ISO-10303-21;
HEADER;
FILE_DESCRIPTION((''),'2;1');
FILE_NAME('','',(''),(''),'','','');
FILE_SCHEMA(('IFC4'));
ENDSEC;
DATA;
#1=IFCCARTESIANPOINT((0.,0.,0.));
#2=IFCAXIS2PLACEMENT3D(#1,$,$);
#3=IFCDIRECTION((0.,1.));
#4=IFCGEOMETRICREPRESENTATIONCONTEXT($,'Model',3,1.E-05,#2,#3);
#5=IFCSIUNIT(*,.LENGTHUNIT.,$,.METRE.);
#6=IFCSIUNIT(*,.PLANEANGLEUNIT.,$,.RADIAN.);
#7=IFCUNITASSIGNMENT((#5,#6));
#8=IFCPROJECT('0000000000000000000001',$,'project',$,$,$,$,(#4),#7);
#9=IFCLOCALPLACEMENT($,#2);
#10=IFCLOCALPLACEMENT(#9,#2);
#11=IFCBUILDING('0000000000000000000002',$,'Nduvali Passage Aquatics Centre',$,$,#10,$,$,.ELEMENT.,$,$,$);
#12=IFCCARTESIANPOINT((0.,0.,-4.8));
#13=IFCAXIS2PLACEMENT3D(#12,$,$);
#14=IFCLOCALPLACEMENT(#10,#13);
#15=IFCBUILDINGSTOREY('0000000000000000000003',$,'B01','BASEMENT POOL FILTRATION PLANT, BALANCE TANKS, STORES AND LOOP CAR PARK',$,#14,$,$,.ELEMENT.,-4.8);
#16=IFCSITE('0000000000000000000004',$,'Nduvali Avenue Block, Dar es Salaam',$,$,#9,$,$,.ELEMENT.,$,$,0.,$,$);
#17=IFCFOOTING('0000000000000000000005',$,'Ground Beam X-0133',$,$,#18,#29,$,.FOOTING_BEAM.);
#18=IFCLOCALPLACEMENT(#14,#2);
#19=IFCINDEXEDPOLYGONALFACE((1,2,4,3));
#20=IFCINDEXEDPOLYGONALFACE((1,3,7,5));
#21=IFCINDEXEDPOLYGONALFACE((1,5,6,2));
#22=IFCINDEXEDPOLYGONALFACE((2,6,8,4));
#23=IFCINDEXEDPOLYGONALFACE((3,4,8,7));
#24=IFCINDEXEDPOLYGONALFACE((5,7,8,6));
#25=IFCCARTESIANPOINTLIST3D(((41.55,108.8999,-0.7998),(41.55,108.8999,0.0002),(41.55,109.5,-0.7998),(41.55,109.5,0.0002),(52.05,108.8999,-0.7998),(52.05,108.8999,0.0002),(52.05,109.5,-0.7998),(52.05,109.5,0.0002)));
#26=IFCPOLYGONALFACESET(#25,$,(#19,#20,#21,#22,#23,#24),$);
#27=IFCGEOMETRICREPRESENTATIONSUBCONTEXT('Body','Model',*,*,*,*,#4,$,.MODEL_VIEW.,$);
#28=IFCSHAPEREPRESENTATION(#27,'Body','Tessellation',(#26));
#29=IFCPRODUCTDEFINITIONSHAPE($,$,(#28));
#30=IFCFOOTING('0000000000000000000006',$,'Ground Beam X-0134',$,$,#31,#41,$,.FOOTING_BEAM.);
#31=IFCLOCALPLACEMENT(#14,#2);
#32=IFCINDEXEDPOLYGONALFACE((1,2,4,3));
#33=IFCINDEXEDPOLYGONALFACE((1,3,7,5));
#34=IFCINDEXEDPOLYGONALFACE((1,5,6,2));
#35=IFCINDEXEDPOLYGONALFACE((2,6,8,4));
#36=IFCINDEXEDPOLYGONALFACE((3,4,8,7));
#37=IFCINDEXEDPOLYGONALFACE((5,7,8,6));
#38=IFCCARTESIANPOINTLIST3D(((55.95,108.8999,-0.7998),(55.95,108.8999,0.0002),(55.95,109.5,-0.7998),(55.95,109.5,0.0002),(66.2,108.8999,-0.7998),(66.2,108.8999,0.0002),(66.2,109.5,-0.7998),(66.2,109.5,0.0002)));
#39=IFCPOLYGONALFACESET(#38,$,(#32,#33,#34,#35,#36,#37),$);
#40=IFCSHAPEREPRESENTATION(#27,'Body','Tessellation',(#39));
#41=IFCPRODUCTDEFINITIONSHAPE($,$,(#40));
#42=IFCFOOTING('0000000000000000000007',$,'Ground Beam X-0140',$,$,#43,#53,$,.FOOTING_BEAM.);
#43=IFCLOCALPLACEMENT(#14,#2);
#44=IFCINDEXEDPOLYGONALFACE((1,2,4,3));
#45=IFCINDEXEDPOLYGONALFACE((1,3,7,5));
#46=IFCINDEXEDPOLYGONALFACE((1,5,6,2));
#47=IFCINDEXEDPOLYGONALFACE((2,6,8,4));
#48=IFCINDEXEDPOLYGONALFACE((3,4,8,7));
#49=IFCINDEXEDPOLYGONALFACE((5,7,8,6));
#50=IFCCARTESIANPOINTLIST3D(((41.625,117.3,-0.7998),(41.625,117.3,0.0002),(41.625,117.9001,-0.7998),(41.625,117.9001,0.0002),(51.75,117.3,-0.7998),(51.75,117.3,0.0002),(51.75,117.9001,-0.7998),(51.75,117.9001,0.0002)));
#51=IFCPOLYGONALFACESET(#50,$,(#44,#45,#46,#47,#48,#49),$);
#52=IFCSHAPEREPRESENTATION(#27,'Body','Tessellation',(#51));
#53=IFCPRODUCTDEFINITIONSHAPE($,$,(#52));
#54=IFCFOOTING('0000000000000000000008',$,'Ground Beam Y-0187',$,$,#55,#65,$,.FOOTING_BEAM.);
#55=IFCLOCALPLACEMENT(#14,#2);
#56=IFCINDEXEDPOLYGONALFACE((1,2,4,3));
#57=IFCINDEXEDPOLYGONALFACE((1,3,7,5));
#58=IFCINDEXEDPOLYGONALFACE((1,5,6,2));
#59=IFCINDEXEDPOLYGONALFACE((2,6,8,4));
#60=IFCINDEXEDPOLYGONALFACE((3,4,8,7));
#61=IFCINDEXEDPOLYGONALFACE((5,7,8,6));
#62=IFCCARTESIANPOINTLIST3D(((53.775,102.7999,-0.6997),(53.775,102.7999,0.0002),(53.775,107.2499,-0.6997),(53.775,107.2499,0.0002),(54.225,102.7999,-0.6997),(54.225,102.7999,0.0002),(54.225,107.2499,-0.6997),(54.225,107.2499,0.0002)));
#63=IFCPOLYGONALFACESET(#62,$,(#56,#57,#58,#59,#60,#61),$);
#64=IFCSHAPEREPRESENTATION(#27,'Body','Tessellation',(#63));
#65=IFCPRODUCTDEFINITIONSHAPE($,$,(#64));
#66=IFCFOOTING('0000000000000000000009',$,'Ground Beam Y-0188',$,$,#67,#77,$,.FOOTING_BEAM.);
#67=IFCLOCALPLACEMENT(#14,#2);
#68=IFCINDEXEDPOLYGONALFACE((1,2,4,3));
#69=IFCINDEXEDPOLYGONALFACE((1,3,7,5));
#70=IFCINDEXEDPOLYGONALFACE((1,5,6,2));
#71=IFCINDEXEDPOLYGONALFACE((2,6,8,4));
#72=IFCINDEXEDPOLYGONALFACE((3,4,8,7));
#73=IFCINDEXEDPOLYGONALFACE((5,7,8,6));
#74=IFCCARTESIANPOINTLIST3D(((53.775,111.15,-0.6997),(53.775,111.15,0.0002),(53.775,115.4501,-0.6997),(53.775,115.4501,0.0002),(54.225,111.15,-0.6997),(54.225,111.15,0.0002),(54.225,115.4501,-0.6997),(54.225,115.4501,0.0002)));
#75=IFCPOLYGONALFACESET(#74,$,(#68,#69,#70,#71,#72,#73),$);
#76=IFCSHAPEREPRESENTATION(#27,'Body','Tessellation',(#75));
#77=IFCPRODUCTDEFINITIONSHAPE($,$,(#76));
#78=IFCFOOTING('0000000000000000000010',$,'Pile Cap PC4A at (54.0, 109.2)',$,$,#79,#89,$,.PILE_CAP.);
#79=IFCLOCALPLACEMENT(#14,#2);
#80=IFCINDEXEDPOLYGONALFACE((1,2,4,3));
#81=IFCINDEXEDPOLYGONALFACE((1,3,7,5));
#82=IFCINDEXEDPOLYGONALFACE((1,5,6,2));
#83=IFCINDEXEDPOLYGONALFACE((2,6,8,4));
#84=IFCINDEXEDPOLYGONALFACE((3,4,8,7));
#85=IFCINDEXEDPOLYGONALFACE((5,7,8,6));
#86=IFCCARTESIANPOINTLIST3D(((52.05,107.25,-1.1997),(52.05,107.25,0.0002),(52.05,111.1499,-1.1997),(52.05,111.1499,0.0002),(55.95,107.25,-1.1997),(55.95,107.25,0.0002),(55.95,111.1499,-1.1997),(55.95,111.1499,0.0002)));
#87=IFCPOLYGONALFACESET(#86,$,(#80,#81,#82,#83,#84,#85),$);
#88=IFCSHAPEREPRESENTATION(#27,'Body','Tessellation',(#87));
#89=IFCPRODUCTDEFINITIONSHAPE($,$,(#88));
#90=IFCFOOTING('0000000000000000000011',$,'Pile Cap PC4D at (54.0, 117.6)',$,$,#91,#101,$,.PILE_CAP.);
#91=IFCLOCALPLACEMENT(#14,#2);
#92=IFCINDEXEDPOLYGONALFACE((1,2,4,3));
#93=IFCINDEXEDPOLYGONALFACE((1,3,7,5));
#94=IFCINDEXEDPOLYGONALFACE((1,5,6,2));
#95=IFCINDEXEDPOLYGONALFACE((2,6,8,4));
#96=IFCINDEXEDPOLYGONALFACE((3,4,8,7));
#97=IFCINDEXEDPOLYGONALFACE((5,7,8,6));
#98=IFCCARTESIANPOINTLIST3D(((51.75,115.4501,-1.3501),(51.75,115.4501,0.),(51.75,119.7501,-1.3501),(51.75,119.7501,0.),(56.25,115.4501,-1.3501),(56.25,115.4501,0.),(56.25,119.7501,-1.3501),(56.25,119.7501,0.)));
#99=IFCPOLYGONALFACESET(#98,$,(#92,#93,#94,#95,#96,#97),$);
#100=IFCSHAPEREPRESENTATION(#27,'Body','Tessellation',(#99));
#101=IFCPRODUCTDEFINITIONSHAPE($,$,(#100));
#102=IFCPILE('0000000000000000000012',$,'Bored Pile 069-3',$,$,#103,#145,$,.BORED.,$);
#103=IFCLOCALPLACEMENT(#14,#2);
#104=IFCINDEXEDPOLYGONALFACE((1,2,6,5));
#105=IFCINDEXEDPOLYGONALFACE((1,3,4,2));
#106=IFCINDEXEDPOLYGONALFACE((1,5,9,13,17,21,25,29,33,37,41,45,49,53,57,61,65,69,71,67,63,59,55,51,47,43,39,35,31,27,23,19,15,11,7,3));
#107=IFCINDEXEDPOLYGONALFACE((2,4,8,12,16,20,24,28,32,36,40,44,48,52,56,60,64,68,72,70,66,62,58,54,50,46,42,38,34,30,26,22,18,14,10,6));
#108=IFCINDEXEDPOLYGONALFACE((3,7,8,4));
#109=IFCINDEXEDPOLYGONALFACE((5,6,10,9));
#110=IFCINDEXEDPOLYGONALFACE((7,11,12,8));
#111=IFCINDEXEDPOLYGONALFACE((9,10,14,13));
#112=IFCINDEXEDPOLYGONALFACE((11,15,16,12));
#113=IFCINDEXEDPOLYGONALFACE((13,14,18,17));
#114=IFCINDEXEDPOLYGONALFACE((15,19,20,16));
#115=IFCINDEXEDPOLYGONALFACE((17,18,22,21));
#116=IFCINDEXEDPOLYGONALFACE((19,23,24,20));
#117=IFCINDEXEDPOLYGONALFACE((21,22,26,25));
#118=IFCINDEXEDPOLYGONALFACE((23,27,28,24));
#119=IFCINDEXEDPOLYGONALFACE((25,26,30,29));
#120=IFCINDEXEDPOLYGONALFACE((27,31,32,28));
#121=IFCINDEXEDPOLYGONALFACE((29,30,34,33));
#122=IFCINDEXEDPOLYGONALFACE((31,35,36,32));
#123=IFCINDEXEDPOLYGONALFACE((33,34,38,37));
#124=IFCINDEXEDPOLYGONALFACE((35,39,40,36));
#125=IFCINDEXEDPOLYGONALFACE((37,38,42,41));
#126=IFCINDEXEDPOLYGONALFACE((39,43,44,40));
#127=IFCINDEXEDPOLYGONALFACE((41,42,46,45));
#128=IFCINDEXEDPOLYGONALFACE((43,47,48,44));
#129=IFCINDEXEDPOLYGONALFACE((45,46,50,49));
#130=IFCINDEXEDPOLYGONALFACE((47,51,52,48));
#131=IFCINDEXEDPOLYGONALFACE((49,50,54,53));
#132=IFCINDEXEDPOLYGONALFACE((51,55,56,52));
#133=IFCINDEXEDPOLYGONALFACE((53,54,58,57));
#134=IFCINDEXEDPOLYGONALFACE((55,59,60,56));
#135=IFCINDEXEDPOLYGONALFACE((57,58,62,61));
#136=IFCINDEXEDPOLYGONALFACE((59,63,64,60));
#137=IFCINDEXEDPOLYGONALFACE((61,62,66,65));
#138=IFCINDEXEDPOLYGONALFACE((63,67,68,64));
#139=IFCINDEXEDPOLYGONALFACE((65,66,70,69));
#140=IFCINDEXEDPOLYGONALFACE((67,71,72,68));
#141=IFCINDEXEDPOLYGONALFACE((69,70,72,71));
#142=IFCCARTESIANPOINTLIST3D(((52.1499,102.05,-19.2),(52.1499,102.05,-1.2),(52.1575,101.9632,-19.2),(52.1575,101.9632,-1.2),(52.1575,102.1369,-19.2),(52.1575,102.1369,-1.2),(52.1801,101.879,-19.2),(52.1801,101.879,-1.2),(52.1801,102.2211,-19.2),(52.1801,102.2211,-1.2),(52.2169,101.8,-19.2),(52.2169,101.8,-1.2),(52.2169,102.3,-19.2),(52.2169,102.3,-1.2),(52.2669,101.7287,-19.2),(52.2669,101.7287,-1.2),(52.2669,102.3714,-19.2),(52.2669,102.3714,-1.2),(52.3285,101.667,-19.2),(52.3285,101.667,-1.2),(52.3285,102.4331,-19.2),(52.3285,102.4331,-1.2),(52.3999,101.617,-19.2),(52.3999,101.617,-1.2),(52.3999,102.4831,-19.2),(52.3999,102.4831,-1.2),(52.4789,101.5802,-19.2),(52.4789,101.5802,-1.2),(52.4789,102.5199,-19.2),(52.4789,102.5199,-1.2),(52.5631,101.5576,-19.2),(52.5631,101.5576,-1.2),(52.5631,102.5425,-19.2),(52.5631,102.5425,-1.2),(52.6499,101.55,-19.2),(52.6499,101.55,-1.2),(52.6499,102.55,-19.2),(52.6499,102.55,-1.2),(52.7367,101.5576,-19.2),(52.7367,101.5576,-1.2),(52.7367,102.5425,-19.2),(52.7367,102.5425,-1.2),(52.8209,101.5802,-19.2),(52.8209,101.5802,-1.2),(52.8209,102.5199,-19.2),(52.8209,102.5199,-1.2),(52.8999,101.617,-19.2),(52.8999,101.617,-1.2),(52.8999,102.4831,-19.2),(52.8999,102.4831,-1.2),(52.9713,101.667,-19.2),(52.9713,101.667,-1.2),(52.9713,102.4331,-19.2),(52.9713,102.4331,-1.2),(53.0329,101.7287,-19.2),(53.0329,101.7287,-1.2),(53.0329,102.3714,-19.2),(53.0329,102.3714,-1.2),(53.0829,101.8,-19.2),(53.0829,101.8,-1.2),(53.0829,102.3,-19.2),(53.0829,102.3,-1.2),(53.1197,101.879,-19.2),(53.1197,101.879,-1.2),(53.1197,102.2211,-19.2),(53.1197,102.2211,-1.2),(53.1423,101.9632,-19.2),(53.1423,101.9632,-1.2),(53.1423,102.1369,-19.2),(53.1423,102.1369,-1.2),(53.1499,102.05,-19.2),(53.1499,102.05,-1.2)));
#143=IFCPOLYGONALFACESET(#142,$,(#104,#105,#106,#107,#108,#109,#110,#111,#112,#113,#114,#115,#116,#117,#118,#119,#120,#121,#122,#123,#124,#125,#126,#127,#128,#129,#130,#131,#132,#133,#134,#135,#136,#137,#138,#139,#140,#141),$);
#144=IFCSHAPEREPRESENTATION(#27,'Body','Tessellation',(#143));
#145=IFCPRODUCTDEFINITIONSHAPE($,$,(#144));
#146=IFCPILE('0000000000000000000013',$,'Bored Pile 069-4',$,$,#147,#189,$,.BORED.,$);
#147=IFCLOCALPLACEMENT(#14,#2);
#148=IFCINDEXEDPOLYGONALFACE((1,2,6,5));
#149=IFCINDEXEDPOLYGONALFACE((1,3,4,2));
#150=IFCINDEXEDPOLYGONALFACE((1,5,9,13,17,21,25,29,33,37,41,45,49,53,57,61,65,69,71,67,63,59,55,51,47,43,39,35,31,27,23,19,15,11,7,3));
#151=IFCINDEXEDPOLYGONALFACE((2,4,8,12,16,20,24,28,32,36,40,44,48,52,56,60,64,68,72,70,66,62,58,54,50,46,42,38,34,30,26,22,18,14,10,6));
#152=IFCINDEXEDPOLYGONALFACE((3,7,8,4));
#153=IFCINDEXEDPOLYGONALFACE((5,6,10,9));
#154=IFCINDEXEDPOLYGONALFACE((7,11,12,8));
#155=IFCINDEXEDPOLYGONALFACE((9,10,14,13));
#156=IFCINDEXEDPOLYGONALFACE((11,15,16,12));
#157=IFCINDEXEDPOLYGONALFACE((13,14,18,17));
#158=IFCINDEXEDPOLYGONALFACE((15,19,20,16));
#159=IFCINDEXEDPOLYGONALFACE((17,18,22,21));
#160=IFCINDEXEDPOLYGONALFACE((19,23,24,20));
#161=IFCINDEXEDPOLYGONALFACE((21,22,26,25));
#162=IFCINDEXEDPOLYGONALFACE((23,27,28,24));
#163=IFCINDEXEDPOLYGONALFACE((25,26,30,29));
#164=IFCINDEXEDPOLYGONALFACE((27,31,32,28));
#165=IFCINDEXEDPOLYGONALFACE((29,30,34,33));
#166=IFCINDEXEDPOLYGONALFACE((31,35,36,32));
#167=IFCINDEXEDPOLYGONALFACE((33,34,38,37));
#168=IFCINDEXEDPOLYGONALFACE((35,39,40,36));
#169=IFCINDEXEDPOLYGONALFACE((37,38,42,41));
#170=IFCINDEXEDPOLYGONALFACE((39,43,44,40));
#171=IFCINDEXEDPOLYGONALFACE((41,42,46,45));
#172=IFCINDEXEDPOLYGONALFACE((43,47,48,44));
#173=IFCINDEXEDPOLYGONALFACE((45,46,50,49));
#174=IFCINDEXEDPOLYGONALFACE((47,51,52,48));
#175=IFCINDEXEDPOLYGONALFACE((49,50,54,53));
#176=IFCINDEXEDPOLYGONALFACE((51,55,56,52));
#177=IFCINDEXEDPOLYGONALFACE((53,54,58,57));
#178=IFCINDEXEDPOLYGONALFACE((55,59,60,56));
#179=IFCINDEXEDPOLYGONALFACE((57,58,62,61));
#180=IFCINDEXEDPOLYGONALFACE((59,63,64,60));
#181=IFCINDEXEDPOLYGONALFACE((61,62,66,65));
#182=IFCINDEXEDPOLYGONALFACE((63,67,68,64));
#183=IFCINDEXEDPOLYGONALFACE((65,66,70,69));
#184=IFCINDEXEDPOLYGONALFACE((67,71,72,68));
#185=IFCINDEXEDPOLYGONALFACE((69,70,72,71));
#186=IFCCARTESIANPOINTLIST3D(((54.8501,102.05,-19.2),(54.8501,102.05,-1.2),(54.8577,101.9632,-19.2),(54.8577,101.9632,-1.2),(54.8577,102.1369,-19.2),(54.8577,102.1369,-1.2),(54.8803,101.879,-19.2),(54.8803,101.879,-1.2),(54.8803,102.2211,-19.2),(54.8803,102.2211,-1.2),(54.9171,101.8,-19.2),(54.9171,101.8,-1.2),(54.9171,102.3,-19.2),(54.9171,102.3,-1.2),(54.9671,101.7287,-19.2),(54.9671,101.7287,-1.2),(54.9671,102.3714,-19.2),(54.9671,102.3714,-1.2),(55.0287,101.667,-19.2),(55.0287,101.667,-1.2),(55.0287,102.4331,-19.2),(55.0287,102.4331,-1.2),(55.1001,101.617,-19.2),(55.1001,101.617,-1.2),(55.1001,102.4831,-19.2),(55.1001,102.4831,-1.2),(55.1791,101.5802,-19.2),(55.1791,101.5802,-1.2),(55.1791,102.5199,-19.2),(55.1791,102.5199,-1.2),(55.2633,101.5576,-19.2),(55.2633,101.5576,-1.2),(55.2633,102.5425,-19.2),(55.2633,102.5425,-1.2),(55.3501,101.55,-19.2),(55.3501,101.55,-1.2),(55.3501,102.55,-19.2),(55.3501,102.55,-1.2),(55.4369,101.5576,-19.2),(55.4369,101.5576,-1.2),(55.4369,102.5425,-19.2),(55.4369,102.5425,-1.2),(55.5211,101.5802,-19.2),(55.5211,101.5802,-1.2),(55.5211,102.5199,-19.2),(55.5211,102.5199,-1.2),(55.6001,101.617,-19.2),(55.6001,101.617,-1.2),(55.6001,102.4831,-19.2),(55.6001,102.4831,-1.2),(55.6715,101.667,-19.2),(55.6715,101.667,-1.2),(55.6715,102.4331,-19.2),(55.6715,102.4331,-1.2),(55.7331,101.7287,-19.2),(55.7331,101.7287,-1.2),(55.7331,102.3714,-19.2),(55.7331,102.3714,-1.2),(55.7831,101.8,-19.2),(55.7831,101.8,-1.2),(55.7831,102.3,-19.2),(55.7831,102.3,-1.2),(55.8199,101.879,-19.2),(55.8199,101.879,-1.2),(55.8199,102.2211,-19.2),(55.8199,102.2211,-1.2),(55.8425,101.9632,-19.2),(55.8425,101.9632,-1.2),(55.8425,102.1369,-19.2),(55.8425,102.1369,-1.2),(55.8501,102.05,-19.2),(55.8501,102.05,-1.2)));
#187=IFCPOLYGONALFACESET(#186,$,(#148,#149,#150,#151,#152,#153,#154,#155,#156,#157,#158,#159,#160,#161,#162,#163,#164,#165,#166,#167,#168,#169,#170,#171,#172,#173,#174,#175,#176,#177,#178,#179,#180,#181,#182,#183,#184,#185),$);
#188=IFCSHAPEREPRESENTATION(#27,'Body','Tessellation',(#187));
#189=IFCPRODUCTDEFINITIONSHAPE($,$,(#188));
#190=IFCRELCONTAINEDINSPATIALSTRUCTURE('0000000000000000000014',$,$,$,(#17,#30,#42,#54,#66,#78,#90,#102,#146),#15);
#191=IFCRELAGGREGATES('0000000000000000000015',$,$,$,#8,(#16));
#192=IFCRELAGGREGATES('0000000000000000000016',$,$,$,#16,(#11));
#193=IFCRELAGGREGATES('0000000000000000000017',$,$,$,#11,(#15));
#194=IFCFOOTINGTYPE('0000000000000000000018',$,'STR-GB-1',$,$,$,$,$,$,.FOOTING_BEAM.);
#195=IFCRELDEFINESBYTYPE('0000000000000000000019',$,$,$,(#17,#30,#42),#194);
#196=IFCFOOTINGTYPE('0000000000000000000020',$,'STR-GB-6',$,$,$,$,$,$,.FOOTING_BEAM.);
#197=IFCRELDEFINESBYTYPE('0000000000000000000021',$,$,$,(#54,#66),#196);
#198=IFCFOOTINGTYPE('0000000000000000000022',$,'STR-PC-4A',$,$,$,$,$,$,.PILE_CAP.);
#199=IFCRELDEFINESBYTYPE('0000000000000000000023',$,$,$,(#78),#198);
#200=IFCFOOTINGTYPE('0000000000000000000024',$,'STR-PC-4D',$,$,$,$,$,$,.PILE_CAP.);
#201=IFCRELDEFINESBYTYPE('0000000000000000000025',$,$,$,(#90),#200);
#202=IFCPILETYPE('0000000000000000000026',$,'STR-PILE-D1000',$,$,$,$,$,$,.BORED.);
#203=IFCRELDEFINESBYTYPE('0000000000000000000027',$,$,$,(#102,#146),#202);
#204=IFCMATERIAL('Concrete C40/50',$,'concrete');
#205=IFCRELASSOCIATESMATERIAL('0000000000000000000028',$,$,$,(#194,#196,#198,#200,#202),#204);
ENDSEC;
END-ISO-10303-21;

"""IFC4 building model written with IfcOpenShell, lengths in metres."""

from ifc_helpers import new_model, si_unit, direction, frame, origin, origin_2d, place, context, subcontext, project, spatial, rectangle, circle, extrude, material, material_profile, profile_set, type_object, element, save


model = new_model("IFC4")

# Units and contexts
model_context = context("Model", 3, precision=1e-05, world=origin(), true_north=direction((0.0, 1.0)))
body_context = subcontext(model_context, "Body", "Model", "MODEL_VIEW")
ifc_project = project(units=[si_unit("LENGTHUNIT", "METRE"), si_unit("PLANEANGLEUNIT", "RADIAN")], contexts=[model_context])

# Site, building, storey
site_placement = place(None, origin())
site = spatial("IfcSite", under=ifc_project, at=site_placement, Name="Nduvali Avenue Block, Dar es Salaam", CompositionType="ELEMENT", RefElevation=0.0)
building_placement = place(site_placement, origin())
building = spatial("IfcBuilding", under=site, at=building_placement, Name="Nduvali Passage Aquatics Centre", CompositionType="ELEMENT")
storey_placement = place(building_placement, frame((0.0, 0.0, -4.8)))
storey = spatial("IfcBuildingStorey", under=building, at=storey_placement, Name="B01", Description="BASEMENT POOL FILTRATION PLANT, BALANCE TANKS, STORES AND LOOP CAR PARK", CompositionType="ELEMENT", Elevation=-4.8)

# Footings
ifc_material_1 = material(Name="Concrete C40/50", Category="concrete")
footing_type_1 = type_object("IfcFootingType", Name="STR-GB-1", PredefinedType="FOOTING_BEAM", material=ifc_material_1)
footing_1_placement = place(storey_placement, frame((46.8, 109.2, -0.7998), z_axis=(0.0, 0.0, 1.0), x_axis=(1.0, 0.0, 0.0)))
element("IfcFooting", 1, at=footing_1_placement, inside=storey, type_object=footing_type_1, Name="Ground Beam X-0133", PredefinedType="FOOTING_BEAM", context=body_context, shape_type="SweptSolid", body=[
    extrude(rectangle(XDim=10.5, YDim=0.6001, at=origin_2d()), origin(), (0.0, 0.0, 1.0), 0.8),
])
footing_2_placement = place(storey_placement, frame((61.075, 109.2, -0.7998), z_axis=(0.0, 0.0, 1.0), x_axis=(1.0, 0.0, 0.0)))
element("IfcFooting", 2, at=footing_2_placement, inside=storey, type_object=footing_type_1, Name="Ground Beam X-0134", PredefinedType="FOOTING_BEAM", context=body_context, shape_type="SweptSolid", body=[
    extrude(rectangle(XDim=10.25, YDim=0.6001, at=origin_2d()), origin(), (0.0, 0.0, 1.0), 0.8),
])
footing_3_placement = place(storey_placement, frame((46.6875, 117.6001, -0.7998), z_axis=(0.0, 0.0, 1.0), x_axis=(1.0, 0.0, 0.0)))
element("IfcFooting", 3, at=footing_3_placement, inside=storey, type_object=footing_type_1, Name="Ground Beam X-0140", PredefinedType="FOOTING_BEAM", context=body_context, shape_type="SweptSolid", body=[
    extrude(rectangle(XDim=10.125, YDim=0.6001, at=origin_2d()), origin(), (0.0, 0.0, 1.0), 0.8),
])
footing_type_2 = type_object("IfcFootingType", Name="STR-GB-6", PredefinedType="FOOTING_BEAM", material=ifc_material_1)
footing_4_placement = place(storey_placement, frame((54.0, 105.0249, -0.6997), z_axis=(0.0, 0.0, 1.0), x_axis=(0.0, 1.0, 0.0)))
element("IfcFooting", 4, at=footing_4_placement, inside=storey, type_object=footing_type_2, Name="Ground Beam Y-0187", PredefinedType="FOOTING_BEAM", context=body_context, shape_type="SweptSolid", body=[
    extrude(rectangle(XDim=4.45, YDim=0.45, at=origin_2d()), origin(), (0.0, 0.0, 1.0), 0.7),
])
footing_5_placement = place(storey_placement, frame((54.0, 113.3, -0.6997), z_axis=(0.0, 0.0, 1.0), x_axis=(0.0, 1.0, 0.0)))
element("IfcFooting", 5, at=footing_5_placement, inside=storey, type_object=footing_type_2, Name="Ground Beam Y-0188", PredefinedType="FOOTING_BEAM", context=body_context, shape_type="SweptSolid", body=[
    extrude(rectangle(XDim=4.3, YDim=0.45, at=origin_2d()), origin(), (0.0, 0.0, 1.0), 0.7),
])
footing_type_3 = type_object("IfcFootingType", Name="STR-PC-4A", PredefinedType="PILE_CAP", material=ifc_material_1)
footing_6_placement = place(storey_placement, frame((54.0, 109.2, -1.1997), z_axis=(0.0, 0.0, 1.0), x_axis=(1.0, 0.0, 0.0)))
element("IfcFooting", 6, at=footing_6_placement, inside=storey, type_object=footing_type_3, Name="Pile Cap PC4A at (54.0, 109.2)", PredefinedType="PILE_CAP", context=body_context, shape_type="SweptSolid", body=[
    extrude(rectangle(XDim=3.8999, YDim=3.8999, at=origin_2d()), origin(), (0.0, 0.0, 1.0), 1.2),
])
footing_type_4 = type_object("IfcFootingType", Name="STR-PC-4D", PredefinedType="PILE_CAP", material=ifc_material_1)
footing_7_placement = place(storey_placement, frame((54.0, 117.6001, -1.3501), z_axis=(0.0, 0.0, 1.0), x_axis=(1.0, 0.0, 0.0)))
element("IfcFooting", 7, at=footing_7_placement, inside=storey, type_object=footing_type_4, Name="Pile Cap PC4D at (54.0, 117.6)", PredefinedType="PILE_CAP", context=body_context, shape_type="SweptSolid", body=[
    extrude(rectangle(XDim=4.5, YDim=4.3, at=origin_2d()), origin(), (0.0, 0.0, 1.0), 1.3501),
])

# Piles
ifc_material_profile_1 = material_profile(ifc_material_1, circle(Radius=0.5, at=origin_2d()), Name="PILE D1000")
ifc_profile_set_1 = profile_set([ifc_material_profile_1], Name="Concrete C40/50")
pile_type_1 = type_object("IfcPileType", Name="STR-PILE-D1000", PredefinedType="BORED", material=ifc_profile_set_1)
for number, where, z_axis, x_axis, name in (
    (8, (52.6499, 102.05, -1.2), (0.0, 0.0, -1.0), (1.0, 0.0, 0.0), "Bored Pile 069-3"),
    (9, (55.3501, 102.05, -1.2), (0.0, 0.0, -1.0), (1.0, 0.0, 0.0), "Bored Pile 069-4"),
):
    element("IfcPile", number, at=place(storey_placement, frame(where, z_axis=z_axis, x_axis=x_axis)), inside=storey, type_object=pile_type_1, Name=name, PredefinedType="BORED", context=body_context, shape_type="SweptSolid", body=[
        extrude(circle(Radius=0.5, at=origin_2d()), origin(), (0.0, 0.0, 1.0), 18.0),
    ])

save(model, "model.ifc")
